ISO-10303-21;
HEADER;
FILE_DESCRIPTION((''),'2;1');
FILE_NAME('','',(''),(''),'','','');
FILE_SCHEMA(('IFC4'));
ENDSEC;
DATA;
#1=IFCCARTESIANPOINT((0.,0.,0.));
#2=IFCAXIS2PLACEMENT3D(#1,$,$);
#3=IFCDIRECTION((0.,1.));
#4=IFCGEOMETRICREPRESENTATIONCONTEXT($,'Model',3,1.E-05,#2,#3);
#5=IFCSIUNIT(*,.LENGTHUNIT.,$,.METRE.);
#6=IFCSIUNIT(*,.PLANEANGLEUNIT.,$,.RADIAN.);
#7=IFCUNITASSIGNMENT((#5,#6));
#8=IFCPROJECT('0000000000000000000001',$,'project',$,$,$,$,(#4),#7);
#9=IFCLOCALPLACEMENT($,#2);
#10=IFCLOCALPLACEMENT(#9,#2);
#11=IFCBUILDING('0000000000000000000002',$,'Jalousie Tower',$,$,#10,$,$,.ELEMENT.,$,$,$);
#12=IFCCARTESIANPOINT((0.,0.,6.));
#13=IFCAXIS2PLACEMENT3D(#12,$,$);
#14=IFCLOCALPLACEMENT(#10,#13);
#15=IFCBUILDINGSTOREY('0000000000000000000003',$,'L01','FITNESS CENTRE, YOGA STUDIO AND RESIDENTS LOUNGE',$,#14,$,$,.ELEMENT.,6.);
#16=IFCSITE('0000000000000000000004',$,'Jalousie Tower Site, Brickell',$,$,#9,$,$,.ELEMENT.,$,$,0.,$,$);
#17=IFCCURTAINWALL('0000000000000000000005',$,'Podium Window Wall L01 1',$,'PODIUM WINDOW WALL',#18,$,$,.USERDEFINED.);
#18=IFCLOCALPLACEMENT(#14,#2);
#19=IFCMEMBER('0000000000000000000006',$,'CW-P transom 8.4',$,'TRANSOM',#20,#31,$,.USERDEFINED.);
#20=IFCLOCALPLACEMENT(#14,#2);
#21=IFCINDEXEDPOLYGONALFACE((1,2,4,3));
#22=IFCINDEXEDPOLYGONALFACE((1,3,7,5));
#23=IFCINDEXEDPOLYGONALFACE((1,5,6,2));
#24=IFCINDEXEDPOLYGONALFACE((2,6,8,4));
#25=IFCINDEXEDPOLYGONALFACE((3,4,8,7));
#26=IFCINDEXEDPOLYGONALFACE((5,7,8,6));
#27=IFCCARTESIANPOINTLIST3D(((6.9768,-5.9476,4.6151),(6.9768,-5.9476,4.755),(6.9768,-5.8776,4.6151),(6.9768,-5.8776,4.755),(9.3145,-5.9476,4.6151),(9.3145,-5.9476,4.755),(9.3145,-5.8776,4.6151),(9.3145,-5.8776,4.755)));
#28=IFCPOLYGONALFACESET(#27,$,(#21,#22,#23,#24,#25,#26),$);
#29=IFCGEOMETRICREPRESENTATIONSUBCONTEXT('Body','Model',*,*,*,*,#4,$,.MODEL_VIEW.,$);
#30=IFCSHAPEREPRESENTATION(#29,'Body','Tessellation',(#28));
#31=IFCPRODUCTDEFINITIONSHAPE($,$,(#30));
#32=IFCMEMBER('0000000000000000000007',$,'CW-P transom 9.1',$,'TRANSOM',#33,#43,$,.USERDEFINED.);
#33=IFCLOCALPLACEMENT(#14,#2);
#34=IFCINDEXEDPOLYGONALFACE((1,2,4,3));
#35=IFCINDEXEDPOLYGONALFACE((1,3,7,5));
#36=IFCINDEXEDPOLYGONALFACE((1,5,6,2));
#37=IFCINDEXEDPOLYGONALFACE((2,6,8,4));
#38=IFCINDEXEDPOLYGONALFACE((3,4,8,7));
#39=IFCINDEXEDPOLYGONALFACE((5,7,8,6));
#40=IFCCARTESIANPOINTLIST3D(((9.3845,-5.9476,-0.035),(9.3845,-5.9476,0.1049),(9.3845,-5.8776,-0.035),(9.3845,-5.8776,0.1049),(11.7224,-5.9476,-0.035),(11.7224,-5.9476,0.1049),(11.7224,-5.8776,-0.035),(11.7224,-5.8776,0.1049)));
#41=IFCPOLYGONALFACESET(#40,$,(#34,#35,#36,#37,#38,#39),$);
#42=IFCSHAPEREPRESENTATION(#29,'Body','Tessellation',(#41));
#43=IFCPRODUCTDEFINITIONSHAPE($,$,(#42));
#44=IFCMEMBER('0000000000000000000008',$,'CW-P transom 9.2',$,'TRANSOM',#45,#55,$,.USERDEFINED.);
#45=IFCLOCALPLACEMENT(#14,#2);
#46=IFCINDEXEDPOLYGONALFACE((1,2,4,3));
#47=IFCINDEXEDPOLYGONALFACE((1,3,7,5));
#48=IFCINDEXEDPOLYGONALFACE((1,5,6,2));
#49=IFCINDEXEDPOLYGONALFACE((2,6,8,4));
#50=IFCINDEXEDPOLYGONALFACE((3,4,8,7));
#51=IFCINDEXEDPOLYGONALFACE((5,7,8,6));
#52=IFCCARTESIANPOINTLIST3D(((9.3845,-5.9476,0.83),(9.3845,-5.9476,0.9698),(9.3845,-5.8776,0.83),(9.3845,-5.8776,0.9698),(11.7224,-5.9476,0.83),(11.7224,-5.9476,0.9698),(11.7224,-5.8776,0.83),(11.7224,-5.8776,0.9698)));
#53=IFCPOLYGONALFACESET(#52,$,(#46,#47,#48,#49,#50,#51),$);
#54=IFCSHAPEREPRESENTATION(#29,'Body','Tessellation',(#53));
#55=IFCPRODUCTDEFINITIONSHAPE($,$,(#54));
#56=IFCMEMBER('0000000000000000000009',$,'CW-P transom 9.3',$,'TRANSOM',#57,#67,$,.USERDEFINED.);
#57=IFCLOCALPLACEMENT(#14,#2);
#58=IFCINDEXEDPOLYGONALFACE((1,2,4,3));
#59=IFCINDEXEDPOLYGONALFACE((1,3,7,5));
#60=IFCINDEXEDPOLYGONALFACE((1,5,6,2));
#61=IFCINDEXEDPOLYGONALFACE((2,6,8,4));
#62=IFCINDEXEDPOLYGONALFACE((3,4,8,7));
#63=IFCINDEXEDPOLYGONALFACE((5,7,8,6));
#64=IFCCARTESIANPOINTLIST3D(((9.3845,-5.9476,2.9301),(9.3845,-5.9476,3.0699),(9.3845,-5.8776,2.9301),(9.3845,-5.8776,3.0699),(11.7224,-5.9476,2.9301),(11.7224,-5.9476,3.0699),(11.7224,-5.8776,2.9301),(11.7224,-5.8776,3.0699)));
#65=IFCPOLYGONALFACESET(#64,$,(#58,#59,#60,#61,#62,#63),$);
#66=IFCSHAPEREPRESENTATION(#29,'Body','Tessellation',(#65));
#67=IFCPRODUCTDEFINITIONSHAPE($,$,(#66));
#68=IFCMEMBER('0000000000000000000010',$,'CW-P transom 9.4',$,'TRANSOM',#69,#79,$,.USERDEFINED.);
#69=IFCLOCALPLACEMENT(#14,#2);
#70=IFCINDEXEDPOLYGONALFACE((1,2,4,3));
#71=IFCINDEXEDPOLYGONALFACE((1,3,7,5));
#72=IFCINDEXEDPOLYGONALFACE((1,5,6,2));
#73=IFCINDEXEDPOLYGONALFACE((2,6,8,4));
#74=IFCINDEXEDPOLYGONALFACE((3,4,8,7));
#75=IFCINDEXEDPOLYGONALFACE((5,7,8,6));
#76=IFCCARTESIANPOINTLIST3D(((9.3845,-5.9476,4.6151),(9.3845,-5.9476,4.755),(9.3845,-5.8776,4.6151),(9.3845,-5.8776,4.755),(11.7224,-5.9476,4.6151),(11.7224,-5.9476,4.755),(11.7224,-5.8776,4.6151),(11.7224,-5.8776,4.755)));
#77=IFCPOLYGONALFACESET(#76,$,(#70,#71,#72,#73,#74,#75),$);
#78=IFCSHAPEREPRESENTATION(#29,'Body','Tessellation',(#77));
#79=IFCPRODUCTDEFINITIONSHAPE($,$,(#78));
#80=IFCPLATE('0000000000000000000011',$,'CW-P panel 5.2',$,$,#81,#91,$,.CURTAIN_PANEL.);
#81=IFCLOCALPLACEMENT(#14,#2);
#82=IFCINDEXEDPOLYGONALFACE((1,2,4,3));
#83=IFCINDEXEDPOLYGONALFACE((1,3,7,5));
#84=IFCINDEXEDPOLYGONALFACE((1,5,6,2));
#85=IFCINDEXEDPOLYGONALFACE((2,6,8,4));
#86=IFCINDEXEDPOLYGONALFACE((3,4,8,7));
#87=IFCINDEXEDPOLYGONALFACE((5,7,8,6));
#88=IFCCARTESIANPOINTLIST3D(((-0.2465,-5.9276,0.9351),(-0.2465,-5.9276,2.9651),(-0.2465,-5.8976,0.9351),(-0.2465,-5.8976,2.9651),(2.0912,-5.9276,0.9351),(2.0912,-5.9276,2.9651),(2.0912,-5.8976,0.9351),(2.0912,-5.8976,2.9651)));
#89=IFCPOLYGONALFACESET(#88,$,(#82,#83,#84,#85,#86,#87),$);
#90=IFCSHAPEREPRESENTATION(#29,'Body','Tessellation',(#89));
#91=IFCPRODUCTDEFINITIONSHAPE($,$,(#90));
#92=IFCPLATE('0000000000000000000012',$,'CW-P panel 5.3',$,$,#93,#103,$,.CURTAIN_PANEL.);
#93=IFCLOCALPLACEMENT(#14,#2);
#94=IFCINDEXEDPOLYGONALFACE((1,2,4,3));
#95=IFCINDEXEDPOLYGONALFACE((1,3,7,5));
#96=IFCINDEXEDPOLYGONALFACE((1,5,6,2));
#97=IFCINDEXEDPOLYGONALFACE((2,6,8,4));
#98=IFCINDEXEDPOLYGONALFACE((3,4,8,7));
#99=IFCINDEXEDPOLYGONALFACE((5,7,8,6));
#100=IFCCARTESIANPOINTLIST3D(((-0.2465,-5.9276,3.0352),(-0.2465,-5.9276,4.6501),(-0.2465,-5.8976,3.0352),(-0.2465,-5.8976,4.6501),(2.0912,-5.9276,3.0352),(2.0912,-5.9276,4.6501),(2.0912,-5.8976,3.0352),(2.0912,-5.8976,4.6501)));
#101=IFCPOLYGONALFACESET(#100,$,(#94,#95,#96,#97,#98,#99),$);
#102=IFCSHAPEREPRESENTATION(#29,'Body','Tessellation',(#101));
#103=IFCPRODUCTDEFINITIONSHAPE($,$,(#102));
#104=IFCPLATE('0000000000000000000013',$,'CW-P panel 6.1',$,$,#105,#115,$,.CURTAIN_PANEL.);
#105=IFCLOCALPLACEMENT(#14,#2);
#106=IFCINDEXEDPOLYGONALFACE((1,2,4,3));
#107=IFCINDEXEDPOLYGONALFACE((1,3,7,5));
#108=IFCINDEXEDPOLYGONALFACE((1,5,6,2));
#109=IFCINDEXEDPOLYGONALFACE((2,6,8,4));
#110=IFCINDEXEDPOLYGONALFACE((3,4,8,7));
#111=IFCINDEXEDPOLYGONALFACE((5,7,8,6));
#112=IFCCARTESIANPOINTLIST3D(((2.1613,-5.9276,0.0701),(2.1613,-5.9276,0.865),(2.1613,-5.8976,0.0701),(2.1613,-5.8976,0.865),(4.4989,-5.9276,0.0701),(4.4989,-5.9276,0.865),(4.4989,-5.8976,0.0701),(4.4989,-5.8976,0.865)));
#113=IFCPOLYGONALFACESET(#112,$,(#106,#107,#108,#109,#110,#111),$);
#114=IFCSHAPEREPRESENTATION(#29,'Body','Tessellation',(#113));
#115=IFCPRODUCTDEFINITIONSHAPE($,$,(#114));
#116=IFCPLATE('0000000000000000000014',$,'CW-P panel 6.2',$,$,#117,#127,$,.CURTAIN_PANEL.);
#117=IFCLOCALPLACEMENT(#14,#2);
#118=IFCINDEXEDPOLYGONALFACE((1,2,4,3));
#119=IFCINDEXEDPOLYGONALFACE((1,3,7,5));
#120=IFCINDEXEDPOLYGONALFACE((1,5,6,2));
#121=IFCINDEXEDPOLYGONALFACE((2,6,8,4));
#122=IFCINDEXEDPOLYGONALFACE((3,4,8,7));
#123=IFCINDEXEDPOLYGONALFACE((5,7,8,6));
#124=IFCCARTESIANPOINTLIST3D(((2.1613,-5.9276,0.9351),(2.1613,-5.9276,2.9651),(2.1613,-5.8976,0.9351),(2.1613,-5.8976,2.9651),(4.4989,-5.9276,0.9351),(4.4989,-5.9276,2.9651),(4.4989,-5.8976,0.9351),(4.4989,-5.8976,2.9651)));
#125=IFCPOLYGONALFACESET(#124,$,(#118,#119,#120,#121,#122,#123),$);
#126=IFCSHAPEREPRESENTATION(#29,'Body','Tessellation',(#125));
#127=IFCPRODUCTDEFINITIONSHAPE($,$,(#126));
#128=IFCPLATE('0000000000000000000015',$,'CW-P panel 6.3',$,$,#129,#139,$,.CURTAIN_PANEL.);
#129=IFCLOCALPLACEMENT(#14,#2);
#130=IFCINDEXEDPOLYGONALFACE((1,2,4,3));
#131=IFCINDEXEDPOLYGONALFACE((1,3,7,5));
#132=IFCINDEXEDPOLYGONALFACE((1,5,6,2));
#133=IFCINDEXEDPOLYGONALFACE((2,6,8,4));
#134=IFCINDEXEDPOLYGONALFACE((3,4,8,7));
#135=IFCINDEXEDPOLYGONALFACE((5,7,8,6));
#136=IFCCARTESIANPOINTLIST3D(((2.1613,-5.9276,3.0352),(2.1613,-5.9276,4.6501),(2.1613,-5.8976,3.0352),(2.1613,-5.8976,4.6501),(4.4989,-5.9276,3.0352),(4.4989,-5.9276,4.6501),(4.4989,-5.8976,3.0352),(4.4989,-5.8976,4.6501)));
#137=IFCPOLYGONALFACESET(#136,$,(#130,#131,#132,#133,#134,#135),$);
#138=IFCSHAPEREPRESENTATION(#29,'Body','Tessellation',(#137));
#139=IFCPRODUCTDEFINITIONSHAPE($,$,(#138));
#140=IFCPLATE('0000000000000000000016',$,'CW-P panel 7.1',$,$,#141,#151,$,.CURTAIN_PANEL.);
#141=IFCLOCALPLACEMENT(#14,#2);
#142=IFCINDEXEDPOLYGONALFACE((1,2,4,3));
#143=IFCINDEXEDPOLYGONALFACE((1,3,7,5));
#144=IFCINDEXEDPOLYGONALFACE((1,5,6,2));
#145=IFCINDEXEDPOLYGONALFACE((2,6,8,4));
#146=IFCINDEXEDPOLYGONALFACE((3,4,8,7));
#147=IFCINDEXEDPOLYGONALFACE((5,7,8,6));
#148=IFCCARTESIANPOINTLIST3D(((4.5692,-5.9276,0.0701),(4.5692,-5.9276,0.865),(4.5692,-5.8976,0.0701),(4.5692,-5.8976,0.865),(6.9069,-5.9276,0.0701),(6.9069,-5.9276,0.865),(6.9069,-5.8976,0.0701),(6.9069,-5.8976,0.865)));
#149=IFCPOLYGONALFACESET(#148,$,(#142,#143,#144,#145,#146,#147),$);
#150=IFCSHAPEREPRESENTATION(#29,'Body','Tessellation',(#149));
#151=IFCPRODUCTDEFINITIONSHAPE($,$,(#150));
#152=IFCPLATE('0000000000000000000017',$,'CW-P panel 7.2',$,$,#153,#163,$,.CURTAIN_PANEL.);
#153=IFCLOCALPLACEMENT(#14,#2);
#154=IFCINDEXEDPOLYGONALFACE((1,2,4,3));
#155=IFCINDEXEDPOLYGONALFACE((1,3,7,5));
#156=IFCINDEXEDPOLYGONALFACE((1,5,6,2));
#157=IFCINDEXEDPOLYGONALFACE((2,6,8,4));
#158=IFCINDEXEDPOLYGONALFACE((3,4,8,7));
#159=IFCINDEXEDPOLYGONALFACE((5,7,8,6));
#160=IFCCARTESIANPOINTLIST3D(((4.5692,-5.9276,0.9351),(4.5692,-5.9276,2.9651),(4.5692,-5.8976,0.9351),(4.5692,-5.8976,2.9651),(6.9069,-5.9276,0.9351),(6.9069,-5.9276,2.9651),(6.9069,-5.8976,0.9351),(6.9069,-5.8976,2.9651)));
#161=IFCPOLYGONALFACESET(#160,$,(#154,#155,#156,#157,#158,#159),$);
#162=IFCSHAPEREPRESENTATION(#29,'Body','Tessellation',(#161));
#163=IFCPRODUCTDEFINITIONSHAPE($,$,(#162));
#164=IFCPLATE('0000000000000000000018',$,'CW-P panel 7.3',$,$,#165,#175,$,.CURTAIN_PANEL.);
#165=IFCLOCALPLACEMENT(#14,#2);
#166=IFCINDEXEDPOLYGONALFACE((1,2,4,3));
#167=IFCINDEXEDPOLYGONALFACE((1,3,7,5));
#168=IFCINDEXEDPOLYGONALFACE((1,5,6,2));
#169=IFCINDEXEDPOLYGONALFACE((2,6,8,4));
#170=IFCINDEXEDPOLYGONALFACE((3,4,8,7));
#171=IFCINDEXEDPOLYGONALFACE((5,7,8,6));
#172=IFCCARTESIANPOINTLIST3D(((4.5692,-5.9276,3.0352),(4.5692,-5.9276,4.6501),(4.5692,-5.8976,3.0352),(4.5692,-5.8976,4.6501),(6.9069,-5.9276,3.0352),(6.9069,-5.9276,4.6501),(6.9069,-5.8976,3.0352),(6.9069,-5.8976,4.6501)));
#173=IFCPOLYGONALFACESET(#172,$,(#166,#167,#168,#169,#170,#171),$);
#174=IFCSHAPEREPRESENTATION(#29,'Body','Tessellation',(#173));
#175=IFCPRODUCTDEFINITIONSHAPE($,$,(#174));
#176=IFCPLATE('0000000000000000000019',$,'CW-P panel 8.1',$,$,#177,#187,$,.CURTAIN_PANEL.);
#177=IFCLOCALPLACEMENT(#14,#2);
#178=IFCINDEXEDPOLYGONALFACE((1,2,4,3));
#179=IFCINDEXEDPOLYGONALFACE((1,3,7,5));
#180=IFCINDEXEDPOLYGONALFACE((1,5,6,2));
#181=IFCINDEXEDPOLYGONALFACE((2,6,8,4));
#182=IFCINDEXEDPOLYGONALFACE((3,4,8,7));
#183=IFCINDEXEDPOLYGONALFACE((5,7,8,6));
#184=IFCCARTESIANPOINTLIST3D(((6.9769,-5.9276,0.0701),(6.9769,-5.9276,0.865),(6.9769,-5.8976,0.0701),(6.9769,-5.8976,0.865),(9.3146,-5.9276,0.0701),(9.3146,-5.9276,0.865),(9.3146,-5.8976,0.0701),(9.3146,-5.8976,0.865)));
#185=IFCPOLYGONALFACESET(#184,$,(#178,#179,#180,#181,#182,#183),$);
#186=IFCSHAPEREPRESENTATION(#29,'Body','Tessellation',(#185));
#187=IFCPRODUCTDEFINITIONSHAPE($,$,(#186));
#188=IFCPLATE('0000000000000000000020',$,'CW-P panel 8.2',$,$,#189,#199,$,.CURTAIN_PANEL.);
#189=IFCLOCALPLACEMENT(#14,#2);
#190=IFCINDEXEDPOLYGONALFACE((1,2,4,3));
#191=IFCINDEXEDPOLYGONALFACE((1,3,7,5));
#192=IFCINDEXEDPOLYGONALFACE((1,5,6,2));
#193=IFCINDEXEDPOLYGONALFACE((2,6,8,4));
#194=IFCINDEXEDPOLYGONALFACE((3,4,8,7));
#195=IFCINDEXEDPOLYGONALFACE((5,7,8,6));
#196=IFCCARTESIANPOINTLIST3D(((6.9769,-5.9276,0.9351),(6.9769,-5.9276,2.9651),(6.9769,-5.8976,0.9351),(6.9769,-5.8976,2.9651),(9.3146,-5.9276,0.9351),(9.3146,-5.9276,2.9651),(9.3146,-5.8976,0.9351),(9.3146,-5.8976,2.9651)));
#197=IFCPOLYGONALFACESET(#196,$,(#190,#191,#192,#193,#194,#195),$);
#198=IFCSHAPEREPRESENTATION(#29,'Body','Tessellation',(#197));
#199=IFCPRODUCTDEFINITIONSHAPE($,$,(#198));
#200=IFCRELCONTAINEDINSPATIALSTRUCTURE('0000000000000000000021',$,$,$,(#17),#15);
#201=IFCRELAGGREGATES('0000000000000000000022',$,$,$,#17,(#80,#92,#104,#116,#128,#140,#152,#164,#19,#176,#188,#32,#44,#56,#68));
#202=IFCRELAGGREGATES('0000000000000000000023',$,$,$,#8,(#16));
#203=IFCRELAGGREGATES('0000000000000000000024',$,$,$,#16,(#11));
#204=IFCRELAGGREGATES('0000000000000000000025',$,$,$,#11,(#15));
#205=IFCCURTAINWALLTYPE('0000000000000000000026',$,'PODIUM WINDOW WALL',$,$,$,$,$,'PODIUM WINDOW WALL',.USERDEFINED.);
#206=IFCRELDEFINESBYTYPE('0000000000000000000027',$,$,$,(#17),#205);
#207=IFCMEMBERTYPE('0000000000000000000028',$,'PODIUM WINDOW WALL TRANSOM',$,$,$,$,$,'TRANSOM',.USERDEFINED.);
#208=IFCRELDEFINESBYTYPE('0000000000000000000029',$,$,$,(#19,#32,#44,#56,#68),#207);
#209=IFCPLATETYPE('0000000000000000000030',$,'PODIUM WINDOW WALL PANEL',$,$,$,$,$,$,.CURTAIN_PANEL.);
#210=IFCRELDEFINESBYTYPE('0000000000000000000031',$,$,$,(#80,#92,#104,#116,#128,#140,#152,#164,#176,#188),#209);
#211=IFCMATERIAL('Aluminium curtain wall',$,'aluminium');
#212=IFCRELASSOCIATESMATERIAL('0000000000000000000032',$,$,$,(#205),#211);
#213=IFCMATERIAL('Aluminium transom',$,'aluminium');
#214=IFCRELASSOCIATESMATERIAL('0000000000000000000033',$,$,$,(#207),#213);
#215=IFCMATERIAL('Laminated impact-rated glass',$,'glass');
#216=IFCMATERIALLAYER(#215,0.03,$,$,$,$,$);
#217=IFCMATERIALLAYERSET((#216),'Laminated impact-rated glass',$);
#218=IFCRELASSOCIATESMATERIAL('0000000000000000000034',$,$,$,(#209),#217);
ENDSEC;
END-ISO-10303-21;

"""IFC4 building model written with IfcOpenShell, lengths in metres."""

from ifc_helpers import new_model, si_unit, direction, frame, origin, origin_2d, place, context, subcontext, project, spatial, rectangle, extrude, material, layer, layer_set, material_profile, profile_set, type_object, element, aggregate, save


model = new_model("IFC4")

# Units and contexts
model_context = context("Model", 3, precision=1e-05, world=origin(), true_north=direction((0.0, 1.0)))
body_context = subcontext(model_context, "Body", "Model", "MODEL_VIEW")
ifc_project = project(units=[si_unit("LENGTHUNIT", "METRE"), si_unit("PLANEANGLEUNIT", "RADIAN")], contexts=[model_context])

# Site, building, storey
site_placement = place(None, origin())
site = spatial("IfcSite", under=ifc_project, at=site_placement, Name="Jalousie Tower Site, Brickell", CompositionType="ELEMENT", RefElevation=0.0)
building_placement = place(site_placement, origin())
building = spatial("IfcBuilding", under=site, at=building_placement, Name="Jalousie Tower", CompositionType="ELEMENT")
storey_placement = place(building_placement, frame((0.0, 0.0, 6.0)))
storey = spatial("IfcBuildingStorey", under=building, at=storey_placement, Name="L01", Description="FITNESS CENTRE, YOGA STUDIO AND RESIDENTS LOUNGE", CompositionType="ELEMENT", Elevation=6.0)

# Curtain wall, members, plates
ifc_material_1 = material(Name="Aluminium curtain wall", Category="aluminium")
curtain_wall_type = type_object("IfcCurtainWallType", Name="PODIUM WINDOW WALL", ElementType="PODIUM WINDOW WALL", PredefinedType="USERDEFINED", material=ifc_material_1)
curtain_wall_placement = place(storey_placement, origin())
curtain_wall = element("IfcCurtainWall", 1, at=curtain_wall_placement, inside=storey, type_object=curtain_wall_type, Name="Podium Window Wall L01 1", ObjectType="PODIUM WINDOW WALL", PredefinedType="USERDEFINED")
ifc_material_2 = material(Name="Aluminium transom", Category="aluminium")
ifc_material_profile_1 = material_profile(ifc_material_2, rectangle(XDim=0.0701, YDim=0.1399, at=origin_2d()), Name="TRANSOM 70x140")
ifc_profile_set_1 = profile_set([ifc_material_profile_1], Name="Aluminium transom")
member_type_1 = type_object("IfcMemberType", Name="PODIUM WINDOW WALL TRANSOM", ElementType="TRANSOM", PredefinedType="USERDEFINED", material=ifc_profile_set_1)
member_1_placement = place(storey_placement, frame((6.9768, -5.9126, 4.6851), z_axis=(1.0, 0.0, 0.0), x_axis=(0.0, 1.0, 0.0)))
member_1 = element("IfcMember", 2, at=member_1_placement, type_object=member_type_1, Name="CW-P transom 8.4", ObjectType="TRANSOM", PredefinedType="USERDEFINED", context=body_context, shape_type="SweptSolid", body=[
    extrude(rectangle(XDim=0.0701, YDim=0.1399, at=origin_2d()), origin(), (0.0, 0.0, 1.0), 2.3376),
])
member_2_placement = place(storey_placement, frame((9.3845, -5.9126, 0.0349), z_axis=(1.0, 0.0, 0.0), x_axis=(0.0, 1.0, 0.0)))
member_2 = element("IfcMember", 3, at=member_2_placement, type_object=member_type_1, Name="CW-P transom 9.1", ObjectType="TRANSOM", PredefinedType="USERDEFINED", context=body_context, shape_type="SweptSolid", body=[
    extrude(rectangle(XDim=0.0701, YDim=0.1399, at=origin_2d()), origin(), (0.0, 0.0, 1.0), 2.3379),
])
member_3_placement = place(storey_placement, frame((9.3845, -5.9126, 0.8999), z_axis=(1.0, 0.0, 0.0), x_axis=(0.0, 1.0, 0.0)))
member_3 = element("IfcMember", 4, at=member_3_placement, type_object=member_type_1, Name="CW-P transom 9.2", ObjectType="TRANSOM", PredefinedType="USERDEFINED", context=body_context, shape_type="SweptSolid", body=[
    extrude(rectangle(XDim=0.0701, YDim=0.1399, at=origin_2d()), origin(), (0.0, 0.0, 1.0), 2.3379),
])
member_4_placement = place(storey_placement, frame((9.3845, -5.9126, 3.0), z_axis=(1.0, 0.0, 0.0), x_axis=(0.0, 1.0, 0.0)))
member_4 = element("IfcMember", 5, at=member_4_placement, type_object=member_type_1, Name="CW-P transom 9.3", ObjectType="TRANSOM", PredefinedType="USERDEFINED", context=body_context, shape_type="SweptSolid", body=[
    extrude(rectangle(XDim=0.0701, YDim=0.1399, at=origin_2d()), origin(), (0.0, 0.0, 1.0), 2.3379),
])
member_5_placement = place(storey_placement, frame((9.3845, -5.9126, 4.6851), z_axis=(1.0, 0.0, 0.0), x_axis=(0.0, 1.0, 0.0)))
member_5 = element("IfcMember", 6, at=member_5_placement, type_object=member_type_1, Name="CW-P transom 9.4", ObjectType="TRANSOM", PredefinedType="USERDEFINED", context=body_context, shape_type="SweptSolid", body=[
    extrude(rectangle(XDim=0.0701, YDim=0.1399, at=origin_2d()), origin(), (0.0, 0.0, 1.0), 2.3379),
])
ifc_material_3 = material(Name="Laminated impact-rated glass", Category="glass")
ifc_layer = layer(ifc_material_3, 0.03)
ifc_layer_set = layer_set([ifc_layer], Name="Laminated impact-rated glass")
plate_type = type_object("IfcPlateType", Name="PODIUM WINDOW WALL PANEL", PredefinedType="CURTAIN_PANEL", material=ifc_layer_set)
plate_1_placement = place(storey_placement, frame((0.9224, -5.9126, 0.9351), z_axis=(0.0, 0.0, 1.0), x_axis=(1.0, 0.0, 0.0)))
plate_1 = element("IfcPlate", 7, at=plate_1_placement, type_object=plate_type, Name="CW-P panel 5.2", PredefinedType="CURTAIN_PANEL", context=body_context, shape_type="SweptSolid", body=[
    extrude(rectangle(XDim=2.3376, YDim=0.03, at=origin_2d()), origin(), (0.0, 0.0, 1.0), 2.03),
])
plate_2_placement = place(storey_placement, frame((0.9224, -5.9126, 3.0352), z_axis=(0.0, 0.0, 1.0), x_axis=(1.0, 0.0, 0.0)))
plate_2 = element("IfcPlate", 8, at=plate_2_placement, type_object=plate_type, Name="CW-P panel 5.3", PredefinedType="CURTAIN_PANEL", context=body_context, shape_type="SweptSolid", body=[
    extrude(rectangle(XDim=2.3376, YDim=0.03, at=origin_2d()), origin(), (0.0, 0.0, 1.0), 1.615),
])
plate_3_placement = place(storey_placement, frame((3.3301, -5.9126, 0.0701), z_axis=(0.0, 0.0, 1.0), x_axis=(1.0, 0.0, 0.0)))
plate_3 = element("IfcPlate", 9, at=plate_3_placement, type_object=plate_type, Name="CW-P panel 6.1", PredefinedType="CURTAIN_PANEL", context=body_context, shape_type="SweptSolid", body=[
    extrude(rectangle(XDim=2.3376, YDim=0.03, at=origin_2d()), origin(), (0.0, 0.0, 1.0), 0.7949),
])
plate_4_placement = place(storey_placement, frame((3.3301, -5.9126, 0.9351), z_axis=(0.0, 0.0, 1.0), x_axis=(1.0, 0.0, 0.0)))
plate_4 = element("IfcPlate", 10, at=plate_4_placement, type_object=plate_type, Name="CW-P panel 6.2", PredefinedType="CURTAIN_PANEL", context=body_context, shape_type="SweptSolid", body=[
    extrude(rectangle(XDim=2.3376, YDim=0.03, at=origin_2d()), origin(), (0.0, 0.0, 1.0), 2.03),
])
plate_5_placement = place(storey_placement, frame((3.3301, -5.9126, 3.0352), z_axis=(0.0, 0.0, 1.0), x_axis=(1.0, 0.0, 0.0)))
plate_5 = element("IfcPlate", 11, at=plate_5_placement, type_object=plate_type, Name="CW-P panel 6.3", PredefinedType="CURTAIN_PANEL", context=body_context, shape_type="SweptSolid", body=[
    extrude(rectangle(XDim=2.3376, YDim=0.03, at=origin_2d()), origin(), (0.0, 0.0, 1.0), 1.615),
])
plate_6_placement = place(storey_placement, frame((5.738, -5.9126, 0.0701), z_axis=(0.0, 0.0, 1.0), x_axis=(1.0, 0.0, 0.0)))
plate_6 = element("IfcPlate", 12, at=plate_6_placement, type_object=plate_type, Name="CW-P panel 7.1", PredefinedType="CURTAIN_PANEL", context=body_context, shape_type="SweptSolid", body=[
    extrude(rectangle(XDim=2.3376, YDim=0.03, at=origin_2d()), origin(), (0.0, 0.0, 1.0), 0.7949),
])
plate_7_placement = place(storey_placement, frame((5.738, -5.9126, 0.9351), z_axis=(0.0, 0.0, 1.0), x_axis=(1.0, 0.0, 0.0)))
plate_7 = element("IfcPlate", 13, at=plate_7_placement, type_object=plate_type, Name="CW-P panel 7.2", PredefinedType="CURTAIN_PANEL", context=body_context, shape_type="SweptSolid", body=[
    extrude(rectangle(XDim=2.3376, YDim=0.03, at=origin_2d()), origin(), (0.0, 0.0, 1.0), 2.03),
])
plate_8_placement = place(storey_placement, frame((5.738, -5.9126, 3.0352), z_axis=(0.0, 0.0, 1.0), x_axis=(1.0, 0.0, 0.0)))
plate_8 = element("IfcPlate", 14, at=plate_8_placement, type_object=plate_type, Name="CW-P panel 7.3", PredefinedType="CURTAIN_PANEL", context=body_context, shape_type="SweptSolid", body=[
    extrude(rectangle(XDim=2.3376, YDim=0.03, at=origin_2d()), origin(), (0.0, 0.0, 1.0), 1.615),
])
plate_9_placement = place(storey_placement, frame((8.1458, -5.9126, 0.0701), z_axis=(0.0, 0.0, 1.0), x_axis=(1.0, 0.0, 0.0)))
plate_9 = element("IfcPlate", 15, at=plate_9_placement, type_object=plate_type, Name="CW-P panel 8.1", PredefinedType="CURTAIN_PANEL", context=body_context, shape_type="SweptSolid", body=[
    extrude(rectangle(XDim=2.3376, YDim=0.03, at=origin_2d()), origin(), (0.0, 0.0, 1.0), 0.7949),
])
plate_10_placement = place(storey_placement, frame((8.1458, -5.9126, 0.9351), z_axis=(0.0, 0.0, 1.0), x_axis=(1.0, 0.0, 0.0)))
plate_10 = element("IfcPlate", 16, at=plate_10_placement, type_object=plate_type, Name="CW-P panel 8.2", PredefinedType="CURTAIN_PANEL", context=body_context, shape_type="SweptSolid", body=[
    extrude(rectangle(XDim=2.3376, YDim=0.03, at=origin_2d()), origin(), (0.0, 0.0, 1.0), 2.03),
])
aggregate(curtain_wall, [plate_1, plate_2, plate_3, plate_4, plate_5, plate_6, plate_7, plate_8, member_1, plate_9, plate_10, member_2, member_3, member_4, member_5])

save(model, "model.ifc")
